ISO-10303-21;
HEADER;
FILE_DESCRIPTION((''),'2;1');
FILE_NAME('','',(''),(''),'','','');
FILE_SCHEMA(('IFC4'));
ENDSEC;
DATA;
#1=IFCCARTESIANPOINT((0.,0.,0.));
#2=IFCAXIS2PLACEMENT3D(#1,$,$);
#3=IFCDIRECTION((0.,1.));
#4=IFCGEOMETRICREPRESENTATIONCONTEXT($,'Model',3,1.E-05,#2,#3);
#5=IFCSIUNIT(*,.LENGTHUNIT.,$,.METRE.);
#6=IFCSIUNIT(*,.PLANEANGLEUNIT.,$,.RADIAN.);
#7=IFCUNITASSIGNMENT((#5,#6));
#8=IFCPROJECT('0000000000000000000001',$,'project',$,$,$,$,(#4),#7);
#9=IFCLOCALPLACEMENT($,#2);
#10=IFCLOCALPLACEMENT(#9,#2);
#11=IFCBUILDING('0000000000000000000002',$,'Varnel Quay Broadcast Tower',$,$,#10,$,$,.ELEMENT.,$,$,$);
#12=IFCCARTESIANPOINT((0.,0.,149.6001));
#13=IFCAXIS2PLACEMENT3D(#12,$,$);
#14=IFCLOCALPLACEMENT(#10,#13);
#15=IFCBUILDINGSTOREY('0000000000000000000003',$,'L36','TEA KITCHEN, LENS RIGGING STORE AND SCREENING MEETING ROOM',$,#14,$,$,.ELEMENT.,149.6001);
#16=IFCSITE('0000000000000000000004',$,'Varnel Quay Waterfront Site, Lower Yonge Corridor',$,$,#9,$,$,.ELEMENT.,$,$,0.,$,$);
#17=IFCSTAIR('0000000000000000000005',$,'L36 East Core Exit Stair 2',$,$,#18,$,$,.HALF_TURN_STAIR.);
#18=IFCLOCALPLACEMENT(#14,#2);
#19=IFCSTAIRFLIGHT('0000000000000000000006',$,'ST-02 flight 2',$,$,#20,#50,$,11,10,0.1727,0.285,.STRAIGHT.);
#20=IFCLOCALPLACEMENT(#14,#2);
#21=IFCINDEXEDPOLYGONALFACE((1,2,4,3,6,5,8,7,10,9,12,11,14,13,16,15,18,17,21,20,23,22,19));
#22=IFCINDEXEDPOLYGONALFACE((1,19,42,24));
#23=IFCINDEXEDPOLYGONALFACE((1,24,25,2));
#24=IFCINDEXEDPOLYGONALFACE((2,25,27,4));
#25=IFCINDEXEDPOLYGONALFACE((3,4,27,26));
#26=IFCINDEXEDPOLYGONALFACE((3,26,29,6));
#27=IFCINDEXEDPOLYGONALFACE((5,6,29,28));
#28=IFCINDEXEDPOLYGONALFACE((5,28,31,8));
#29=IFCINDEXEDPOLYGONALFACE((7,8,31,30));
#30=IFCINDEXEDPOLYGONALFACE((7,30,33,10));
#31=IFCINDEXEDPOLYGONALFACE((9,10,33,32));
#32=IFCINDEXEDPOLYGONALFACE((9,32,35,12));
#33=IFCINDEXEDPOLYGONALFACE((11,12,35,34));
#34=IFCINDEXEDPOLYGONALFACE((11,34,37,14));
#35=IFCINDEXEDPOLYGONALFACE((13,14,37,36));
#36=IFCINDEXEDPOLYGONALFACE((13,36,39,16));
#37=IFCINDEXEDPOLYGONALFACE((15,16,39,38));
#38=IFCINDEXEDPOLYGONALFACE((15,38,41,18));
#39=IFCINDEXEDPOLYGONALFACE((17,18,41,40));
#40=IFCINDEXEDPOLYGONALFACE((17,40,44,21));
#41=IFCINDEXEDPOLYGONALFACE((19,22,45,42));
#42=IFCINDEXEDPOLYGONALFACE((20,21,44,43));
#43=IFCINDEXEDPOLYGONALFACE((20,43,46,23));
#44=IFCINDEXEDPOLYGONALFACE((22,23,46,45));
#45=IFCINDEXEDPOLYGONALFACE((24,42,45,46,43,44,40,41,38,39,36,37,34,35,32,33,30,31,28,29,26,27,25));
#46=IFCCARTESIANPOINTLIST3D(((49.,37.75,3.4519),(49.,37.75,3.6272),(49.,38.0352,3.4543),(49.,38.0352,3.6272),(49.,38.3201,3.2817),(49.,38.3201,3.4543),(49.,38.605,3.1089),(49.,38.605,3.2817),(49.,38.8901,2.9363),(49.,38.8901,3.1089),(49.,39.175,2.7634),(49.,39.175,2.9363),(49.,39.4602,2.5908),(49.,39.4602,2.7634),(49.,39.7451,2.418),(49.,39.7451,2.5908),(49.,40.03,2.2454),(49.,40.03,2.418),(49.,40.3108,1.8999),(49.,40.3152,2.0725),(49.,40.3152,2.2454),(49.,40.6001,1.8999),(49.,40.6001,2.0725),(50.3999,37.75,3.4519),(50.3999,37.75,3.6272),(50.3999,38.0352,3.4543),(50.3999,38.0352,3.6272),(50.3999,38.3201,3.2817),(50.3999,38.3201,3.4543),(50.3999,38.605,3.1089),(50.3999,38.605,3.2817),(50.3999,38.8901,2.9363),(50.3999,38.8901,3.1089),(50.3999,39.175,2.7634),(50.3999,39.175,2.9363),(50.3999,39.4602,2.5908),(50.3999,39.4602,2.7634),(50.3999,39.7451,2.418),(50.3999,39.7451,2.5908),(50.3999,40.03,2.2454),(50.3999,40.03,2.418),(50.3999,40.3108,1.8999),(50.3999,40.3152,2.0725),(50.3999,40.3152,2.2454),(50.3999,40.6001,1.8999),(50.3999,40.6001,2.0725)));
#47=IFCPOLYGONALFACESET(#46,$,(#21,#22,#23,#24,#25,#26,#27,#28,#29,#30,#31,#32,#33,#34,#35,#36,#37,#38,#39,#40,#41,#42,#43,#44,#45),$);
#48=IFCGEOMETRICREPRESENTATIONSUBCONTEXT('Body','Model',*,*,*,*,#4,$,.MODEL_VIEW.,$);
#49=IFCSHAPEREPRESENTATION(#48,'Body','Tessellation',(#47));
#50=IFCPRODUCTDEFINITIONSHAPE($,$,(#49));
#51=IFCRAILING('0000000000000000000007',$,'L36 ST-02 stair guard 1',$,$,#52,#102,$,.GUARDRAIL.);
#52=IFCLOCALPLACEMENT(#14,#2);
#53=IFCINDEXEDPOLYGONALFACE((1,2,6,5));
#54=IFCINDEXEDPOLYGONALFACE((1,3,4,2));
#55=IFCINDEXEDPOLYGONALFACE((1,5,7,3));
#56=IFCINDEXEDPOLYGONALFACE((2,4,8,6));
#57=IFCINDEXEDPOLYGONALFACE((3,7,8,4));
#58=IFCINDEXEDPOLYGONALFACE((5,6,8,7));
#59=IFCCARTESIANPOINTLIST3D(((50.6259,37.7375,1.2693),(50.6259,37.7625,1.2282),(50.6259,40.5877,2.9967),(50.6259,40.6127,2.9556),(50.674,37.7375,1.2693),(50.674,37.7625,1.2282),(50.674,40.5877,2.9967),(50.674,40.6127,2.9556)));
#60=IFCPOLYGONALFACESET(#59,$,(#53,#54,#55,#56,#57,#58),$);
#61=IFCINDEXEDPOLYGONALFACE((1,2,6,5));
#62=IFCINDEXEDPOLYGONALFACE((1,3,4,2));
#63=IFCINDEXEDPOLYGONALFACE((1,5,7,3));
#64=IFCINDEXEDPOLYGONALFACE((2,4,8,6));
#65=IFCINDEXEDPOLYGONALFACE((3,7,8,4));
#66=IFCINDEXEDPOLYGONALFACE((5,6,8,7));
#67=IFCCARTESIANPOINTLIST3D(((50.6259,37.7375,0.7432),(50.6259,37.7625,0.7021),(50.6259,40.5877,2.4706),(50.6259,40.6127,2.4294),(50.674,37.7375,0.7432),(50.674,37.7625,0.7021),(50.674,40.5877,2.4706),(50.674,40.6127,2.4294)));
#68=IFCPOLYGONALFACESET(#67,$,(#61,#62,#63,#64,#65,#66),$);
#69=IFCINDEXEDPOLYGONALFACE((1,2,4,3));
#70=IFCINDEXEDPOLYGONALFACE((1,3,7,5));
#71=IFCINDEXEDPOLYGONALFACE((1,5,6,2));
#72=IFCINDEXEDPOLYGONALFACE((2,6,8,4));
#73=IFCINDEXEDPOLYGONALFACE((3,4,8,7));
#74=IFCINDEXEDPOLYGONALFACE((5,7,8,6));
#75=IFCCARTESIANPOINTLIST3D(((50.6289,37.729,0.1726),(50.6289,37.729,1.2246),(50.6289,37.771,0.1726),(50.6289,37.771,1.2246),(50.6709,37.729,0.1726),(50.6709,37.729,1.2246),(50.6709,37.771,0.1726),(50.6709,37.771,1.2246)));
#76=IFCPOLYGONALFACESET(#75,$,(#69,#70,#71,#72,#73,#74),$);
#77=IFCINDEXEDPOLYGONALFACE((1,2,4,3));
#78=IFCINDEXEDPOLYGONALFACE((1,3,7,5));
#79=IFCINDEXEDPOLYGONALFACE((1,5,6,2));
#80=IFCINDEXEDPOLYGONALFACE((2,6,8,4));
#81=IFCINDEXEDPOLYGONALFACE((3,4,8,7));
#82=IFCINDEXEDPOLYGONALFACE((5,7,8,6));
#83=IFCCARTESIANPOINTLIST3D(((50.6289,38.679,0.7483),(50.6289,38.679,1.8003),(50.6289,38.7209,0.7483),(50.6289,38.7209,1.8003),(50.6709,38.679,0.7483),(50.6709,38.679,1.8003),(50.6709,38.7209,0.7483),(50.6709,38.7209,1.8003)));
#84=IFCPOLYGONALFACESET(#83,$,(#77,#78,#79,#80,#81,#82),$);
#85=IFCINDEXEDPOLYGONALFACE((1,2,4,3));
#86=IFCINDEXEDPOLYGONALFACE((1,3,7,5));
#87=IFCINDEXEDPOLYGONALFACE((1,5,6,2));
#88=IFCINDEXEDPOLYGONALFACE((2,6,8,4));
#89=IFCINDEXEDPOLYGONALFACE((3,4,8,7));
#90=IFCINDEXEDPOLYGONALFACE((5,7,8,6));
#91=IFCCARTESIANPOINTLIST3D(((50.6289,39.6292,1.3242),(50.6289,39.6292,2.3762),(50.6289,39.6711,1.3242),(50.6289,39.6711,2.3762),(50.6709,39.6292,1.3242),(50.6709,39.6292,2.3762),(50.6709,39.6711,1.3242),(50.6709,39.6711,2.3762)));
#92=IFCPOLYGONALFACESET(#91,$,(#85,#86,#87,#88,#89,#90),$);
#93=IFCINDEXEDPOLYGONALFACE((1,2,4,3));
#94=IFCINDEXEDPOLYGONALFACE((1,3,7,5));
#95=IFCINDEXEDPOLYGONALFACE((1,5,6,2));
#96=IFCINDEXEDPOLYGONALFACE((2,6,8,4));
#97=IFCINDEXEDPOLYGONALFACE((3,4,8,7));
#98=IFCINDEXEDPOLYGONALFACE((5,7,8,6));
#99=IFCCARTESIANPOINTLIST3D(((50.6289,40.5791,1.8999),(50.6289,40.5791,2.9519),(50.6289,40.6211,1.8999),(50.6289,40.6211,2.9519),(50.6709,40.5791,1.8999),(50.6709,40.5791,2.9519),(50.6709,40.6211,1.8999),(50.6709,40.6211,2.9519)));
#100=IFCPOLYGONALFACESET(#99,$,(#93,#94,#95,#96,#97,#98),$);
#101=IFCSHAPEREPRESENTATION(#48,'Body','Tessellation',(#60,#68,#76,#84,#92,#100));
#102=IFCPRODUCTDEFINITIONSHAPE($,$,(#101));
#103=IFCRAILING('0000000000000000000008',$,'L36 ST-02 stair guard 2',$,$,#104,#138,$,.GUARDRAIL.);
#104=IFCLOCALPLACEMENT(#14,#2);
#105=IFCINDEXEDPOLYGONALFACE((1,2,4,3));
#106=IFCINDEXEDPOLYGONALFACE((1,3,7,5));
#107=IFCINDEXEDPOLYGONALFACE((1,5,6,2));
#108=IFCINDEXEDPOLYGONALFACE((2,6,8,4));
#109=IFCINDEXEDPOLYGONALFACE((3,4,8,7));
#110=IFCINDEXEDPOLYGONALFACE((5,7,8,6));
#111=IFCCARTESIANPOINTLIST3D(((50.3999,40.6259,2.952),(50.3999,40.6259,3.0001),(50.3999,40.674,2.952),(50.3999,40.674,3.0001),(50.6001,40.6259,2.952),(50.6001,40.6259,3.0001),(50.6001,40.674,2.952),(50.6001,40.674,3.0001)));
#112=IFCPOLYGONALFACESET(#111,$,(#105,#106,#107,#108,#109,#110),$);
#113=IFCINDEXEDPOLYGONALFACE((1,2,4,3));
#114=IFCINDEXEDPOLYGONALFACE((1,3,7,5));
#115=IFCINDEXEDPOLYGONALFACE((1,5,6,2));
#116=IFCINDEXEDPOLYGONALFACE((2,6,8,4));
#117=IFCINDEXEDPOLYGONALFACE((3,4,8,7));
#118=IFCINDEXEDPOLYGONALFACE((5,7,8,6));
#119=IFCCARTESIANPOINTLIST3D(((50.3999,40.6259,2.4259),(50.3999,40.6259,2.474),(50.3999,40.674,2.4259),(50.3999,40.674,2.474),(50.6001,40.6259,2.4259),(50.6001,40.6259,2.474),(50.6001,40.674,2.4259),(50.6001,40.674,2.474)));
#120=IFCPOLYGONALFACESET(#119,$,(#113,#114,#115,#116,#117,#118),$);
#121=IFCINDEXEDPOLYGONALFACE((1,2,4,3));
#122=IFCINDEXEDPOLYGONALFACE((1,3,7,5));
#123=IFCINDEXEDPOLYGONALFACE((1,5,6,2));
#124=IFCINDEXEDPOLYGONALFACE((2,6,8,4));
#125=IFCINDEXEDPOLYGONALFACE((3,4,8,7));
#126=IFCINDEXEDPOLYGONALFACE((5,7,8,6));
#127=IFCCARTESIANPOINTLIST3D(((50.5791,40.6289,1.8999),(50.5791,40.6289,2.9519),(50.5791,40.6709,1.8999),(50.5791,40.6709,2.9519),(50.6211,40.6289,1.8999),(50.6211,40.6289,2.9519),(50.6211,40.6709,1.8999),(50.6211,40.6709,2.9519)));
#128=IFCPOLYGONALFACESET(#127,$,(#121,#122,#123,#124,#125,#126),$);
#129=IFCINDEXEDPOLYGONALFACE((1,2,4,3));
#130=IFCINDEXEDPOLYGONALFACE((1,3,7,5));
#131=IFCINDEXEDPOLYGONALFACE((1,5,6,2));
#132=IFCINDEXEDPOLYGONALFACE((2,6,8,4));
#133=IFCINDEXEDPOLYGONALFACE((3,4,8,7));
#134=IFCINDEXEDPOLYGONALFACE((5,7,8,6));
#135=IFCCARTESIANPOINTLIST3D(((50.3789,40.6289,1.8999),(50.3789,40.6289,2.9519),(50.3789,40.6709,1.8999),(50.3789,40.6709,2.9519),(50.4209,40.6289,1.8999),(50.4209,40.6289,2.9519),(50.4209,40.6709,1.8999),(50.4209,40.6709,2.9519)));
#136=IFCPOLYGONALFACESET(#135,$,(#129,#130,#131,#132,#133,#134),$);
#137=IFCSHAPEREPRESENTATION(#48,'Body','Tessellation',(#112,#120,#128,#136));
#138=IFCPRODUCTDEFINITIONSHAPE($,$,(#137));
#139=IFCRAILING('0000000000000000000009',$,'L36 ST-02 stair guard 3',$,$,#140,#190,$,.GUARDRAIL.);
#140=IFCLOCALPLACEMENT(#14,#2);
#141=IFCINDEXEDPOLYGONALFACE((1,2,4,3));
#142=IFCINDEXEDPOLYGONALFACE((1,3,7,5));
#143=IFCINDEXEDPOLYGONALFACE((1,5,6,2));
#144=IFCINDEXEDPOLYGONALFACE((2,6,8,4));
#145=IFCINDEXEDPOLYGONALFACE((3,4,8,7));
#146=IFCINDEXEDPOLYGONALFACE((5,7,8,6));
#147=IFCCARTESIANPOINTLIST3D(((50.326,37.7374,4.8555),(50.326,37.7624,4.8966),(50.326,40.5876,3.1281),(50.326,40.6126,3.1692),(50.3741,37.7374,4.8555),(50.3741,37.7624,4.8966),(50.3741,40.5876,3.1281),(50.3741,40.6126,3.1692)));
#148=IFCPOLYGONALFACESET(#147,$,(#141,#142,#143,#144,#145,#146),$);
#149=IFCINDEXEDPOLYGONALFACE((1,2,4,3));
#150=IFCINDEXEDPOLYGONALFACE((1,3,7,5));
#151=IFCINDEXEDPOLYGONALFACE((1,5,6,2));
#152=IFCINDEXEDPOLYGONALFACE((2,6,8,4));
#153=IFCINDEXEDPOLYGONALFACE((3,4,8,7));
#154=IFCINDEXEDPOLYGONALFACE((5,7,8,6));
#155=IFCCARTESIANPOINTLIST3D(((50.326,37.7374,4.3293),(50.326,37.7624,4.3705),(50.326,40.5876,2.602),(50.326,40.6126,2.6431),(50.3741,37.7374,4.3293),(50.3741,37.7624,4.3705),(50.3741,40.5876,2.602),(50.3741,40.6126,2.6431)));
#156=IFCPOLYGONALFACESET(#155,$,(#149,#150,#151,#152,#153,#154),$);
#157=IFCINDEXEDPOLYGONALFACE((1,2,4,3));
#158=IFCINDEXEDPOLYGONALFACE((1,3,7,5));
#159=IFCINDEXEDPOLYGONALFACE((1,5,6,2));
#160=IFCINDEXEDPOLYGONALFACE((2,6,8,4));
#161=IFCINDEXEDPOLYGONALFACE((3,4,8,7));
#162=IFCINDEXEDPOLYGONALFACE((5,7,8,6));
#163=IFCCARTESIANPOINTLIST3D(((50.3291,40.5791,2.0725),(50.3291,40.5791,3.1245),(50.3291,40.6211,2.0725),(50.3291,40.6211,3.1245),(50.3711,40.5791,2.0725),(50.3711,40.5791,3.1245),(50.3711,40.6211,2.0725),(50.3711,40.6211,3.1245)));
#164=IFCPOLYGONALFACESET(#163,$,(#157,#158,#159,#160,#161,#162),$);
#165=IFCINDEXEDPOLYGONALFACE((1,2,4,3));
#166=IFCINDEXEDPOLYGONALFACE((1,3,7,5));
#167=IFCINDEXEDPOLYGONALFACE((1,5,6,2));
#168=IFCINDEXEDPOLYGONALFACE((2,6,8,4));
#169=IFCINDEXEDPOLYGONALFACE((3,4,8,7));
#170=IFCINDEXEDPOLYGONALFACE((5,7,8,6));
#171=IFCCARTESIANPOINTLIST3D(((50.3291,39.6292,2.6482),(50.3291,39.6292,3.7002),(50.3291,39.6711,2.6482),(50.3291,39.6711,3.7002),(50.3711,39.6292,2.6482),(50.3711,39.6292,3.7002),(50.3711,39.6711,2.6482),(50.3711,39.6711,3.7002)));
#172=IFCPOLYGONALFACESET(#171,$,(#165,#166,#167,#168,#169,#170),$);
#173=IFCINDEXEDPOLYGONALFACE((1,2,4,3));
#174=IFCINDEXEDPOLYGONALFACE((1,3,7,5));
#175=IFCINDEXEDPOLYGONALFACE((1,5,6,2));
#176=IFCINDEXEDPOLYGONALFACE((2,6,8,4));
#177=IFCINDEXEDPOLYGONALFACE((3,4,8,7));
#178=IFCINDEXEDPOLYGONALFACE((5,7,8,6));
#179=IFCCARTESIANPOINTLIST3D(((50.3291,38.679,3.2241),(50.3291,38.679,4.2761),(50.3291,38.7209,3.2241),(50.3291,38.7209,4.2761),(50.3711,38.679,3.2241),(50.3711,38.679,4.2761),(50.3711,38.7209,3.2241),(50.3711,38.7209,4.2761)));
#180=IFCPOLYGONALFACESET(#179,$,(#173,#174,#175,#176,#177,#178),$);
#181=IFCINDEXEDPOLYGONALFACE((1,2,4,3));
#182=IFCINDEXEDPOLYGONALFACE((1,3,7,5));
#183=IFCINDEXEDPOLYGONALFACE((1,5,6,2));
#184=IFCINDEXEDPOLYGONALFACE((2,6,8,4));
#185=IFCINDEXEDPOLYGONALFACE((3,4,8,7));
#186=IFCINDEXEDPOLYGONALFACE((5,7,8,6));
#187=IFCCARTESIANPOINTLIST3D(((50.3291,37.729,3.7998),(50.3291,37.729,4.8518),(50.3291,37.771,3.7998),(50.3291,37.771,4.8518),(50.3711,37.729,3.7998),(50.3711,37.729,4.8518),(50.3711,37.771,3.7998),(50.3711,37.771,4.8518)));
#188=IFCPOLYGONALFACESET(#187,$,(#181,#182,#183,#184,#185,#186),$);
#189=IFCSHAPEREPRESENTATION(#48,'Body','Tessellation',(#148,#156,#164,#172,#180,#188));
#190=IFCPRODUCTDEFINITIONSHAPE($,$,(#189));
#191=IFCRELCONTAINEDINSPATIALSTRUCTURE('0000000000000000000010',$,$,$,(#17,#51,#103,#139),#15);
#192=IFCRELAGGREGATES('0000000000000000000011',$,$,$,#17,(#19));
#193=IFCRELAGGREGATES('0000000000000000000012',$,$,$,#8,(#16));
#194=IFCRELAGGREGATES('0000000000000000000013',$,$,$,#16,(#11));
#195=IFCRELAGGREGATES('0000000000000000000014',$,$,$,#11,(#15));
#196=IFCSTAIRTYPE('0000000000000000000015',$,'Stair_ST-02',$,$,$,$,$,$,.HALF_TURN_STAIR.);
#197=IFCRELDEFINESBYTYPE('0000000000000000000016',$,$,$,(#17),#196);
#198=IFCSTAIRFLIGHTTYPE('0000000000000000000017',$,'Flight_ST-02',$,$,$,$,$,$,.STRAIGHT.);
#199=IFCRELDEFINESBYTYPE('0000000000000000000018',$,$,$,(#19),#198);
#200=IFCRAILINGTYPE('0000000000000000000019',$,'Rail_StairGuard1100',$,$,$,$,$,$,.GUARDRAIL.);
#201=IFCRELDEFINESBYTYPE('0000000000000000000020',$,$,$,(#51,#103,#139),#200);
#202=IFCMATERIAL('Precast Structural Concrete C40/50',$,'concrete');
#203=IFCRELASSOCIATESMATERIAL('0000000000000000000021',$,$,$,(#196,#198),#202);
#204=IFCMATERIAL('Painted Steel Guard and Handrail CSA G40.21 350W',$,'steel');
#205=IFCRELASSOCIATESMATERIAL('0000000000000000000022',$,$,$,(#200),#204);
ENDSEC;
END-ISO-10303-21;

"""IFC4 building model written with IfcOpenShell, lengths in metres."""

from ifc_helpers import new_model, si_unit, direction, frame, origin, origin_2d, place, context, subcontext, project, spatial, polyline, rectangle, outline, extrude, material, type_object, element, aggregate, save


model = new_model("IFC4")

# Units and contexts
model_context = context("Model", 3, precision=1e-05, world=origin(), true_north=direction((0.0, 1.0)))
body_context = subcontext(model_context, "Body", "Model", "MODEL_VIEW")
ifc_project = project(units=[si_unit("LENGTHUNIT", "METRE"), si_unit("PLANEANGLEUNIT", "RADIAN")], contexts=[model_context])

# Site, building, storey
site_placement = place(None, origin())
site = spatial("IfcSite", under=ifc_project, at=site_placement, Name="Varnel Quay Waterfront Site, Lower Yonge Corridor", CompositionType="ELEMENT", RefElevation=0.0)
building_placement = place(site_placement, origin())
building = spatial("IfcBuilding", under=site, at=building_placement, Name="Varnel Quay Broadcast Tower", CompositionType="ELEMENT")
storey_placement = place(building_placement, frame((0.0, 0.0, 149.6001)))
storey = spatial("IfcBuildingStorey", under=building, at=storey_placement, Name="L36", Description="TEA KITCHEN, LENS RIGGING STORE AND SCREENING MEETING ROOM", CompositionType="ELEMENT", Elevation=149.6001)

# Stair, stair flight
ifc_material_1 = material(Name="Precast Structural Concrete C40/50", Category="concrete")
stair_type = type_object("IfcStairType", Name="Stair_ST-02", PredefinedType="HALF_TURN_STAIR", material=ifc_material_1)
stair_placement = place(storey_placement, origin())
stair = element("IfcStair", 1, at=stair_placement, inside=storey, type_object=stair_type, Name="L36 East Core Exit Stair 2", PredefinedType="HALF_TURN_STAIR")
stair_flight_type = type_object("IfcStairFlightType", Name="Flight_ST-02", PredefinedType="STRAIGHT", material=ifc_material_1)
stair_flight_1_placement = place(storey_placement, frame((49.7, 40.6001, 1.8999), z_axis=(0.0, 0.0, 1.0), x_axis=(0.0, -1.0, 0.0)))
stair_flight_1 = element("IfcStairFlight", 2, at=stair_flight_1_placement, type_object=stair_flight_type, Name="ST-02 flight 2", NumberOfRisers=11, NumberOfTreads=10, PredefinedType="STRAIGHT", RiserHeight=0.1727, TreadLength=0.285, context=body_context, shape_type="SweptSolid", body=[
    extrude(outline(polyline([(0.0, 0.0), (0.0, 0.1726), (0.2849, 0.1726), (0.2849, 0.3455), (0.5701, 0.3455), (0.5701, 0.5181), (0.855, 0.5181), (0.855, 0.6909), (1.1399, 0.6909), (1.1399, 0.8635), (1.425, 0.8635), (1.425, 1.0364), (1.71, 1.0364), (1.71, 1.209), (1.9951, 1.209), (1.9951, 1.3818), (2.28, 1.3818), (2.28, 1.5544), (2.5649, 1.5544), (2.5649, 1.7273), (2.8501, 1.7273), (2.8501, 1.8999), (2.8501, 1.552), (0.2893, 0.0), (0.0, 0.0)])), frame((0.0, 0.7, 0.0), z_axis=(0.0, -1.0, 0.0), x_axis=(1.0, 0.0, 0.0)), (0.0, 0.0, 1.0), 1.3999),
])
aggregate(stair, [stair_flight_1])

# Railings
ifc_material_2 = material(Name="Painted Steel Guard and Handrail CSA G40.21 350W", Category="steel")
railing_type_1 = type_object("IfcRailingType", Name="Rail_StairGuard1100", PredefinedType="GUARDRAIL", material=ifc_material_2)
railing_1_placement = place(storey_placement, frame((50.6499, 37.75, 0.1726)))
element("IfcRailing", 3, at=railing_1_placement, inside=storey, type_object=railing_type_1, Name="L36 ST-02 stair guard 1", PredefinedType="GUARDRAIL", context=body_context, shape_type="SweptSolid", body=[
    extrude(rectangle(XDim=0.0481, YDim=0.0481, at=origin_2d()), frame((0.0, 0.0, 1.0762), z_axis=(0.0, 0.855203, 0.518294), x_axis=(-1.0, 0.0, 0.0)), (0.0, 0.0, 1.0), 3.3328),
    extrude(rectangle(XDim=0.0481, YDim=0.0481, at=origin_2d()), frame((0.0, 0.0, 0.55), z_axis=(0.0, 0.855203, 0.518294), x_axis=(-1.0, 0.0, 0.0)), (0.0, 0.0, 1.0), 3.3328),
    extrude(rectangle(XDim=0.042, YDim=0.042, at=origin_2d()), origin(), (0.0, 0.0, 1.0), 1.052),
    extrude(rectangle(XDim=0.042, YDim=0.042, at=origin_2d()), frame((0.0, 0.95, 0.5757)), (0.0, 0.0, 1.0), 1.052),
    extrude(rectangle(XDim=0.042, YDim=0.042, at=origin_2d()), frame((0.0, 1.9001, 1.1516)), (0.0, 0.0, 1.0), 1.052),
    extrude(rectangle(XDim=0.042, YDim=0.042, at=origin_2d()), frame((0.0, 2.8501, 1.7273)), (0.0, 0.0, 1.0), 1.052),
])
railing_2_placement = place(storey_placement, frame((50.6001, 40.6499, 1.8999)))
element("IfcRailing", 4, at=railing_2_placement, inside=storey, type_object=railing_type_1, Name="L36 ST-02 stair guard 2", PredefinedType="GUARDRAIL", context=body_context, shape_type="SweptSolid", body=[
    extrude(rectangle(XDim=0.0481, YDim=0.0481, at=origin_2d()), frame((0.0, 0.0, 1.0762), z_axis=(-1.0, 0.0, 0.0), x_axis=(0.0, -1.0, 0.0)), (0.0, 0.0, 1.0), 0.2002),
    extrude(rectangle(XDim=0.0481, YDim=0.0481, at=origin_2d()), frame((0.0, 0.0, 0.55), z_axis=(-1.0, 0.0, 0.0), x_axis=(0.0, -1.0, 0.0)), (0.0, 0.0, 1.0), 0.2002),
    extrude(rectangle(XDim=0.042, YDim=0.042, at=origin_2d()), origin(), (0.0, 0.0, 1.0), 1.052),
    extrude(rectangle(XDim=0.042, YDim=0.042, at=origin_2d()), frame((-0.2002, 0.0, 0.0)), (0.0, 0.0, 1.0), 1.052),
])
railing_3_placement = place(storey_placement, frame((50.3501, 40.6001, 2.0725)))
element("IfcRailing", 5, at=railing_3_placement, inside=storey, type_object=railing_type_1, Name="L36 ST-02 stair guard 3", PredefinedType="GUARDRAIL", context=body_context, shape_type="SweptSolid", body=[
    extrude(rectangle(XDim=0.0481, YDim=0.0481, at=origin_2d()), frame((0.0, 0.0, 1.0762), z_axis=(0.0, -0.855203, 0.518294), x_axis=(1.0, 0.0, 0.0)), (0.0, 0.0, 1.0), 3.3328),
    extrude(rectangle(XDim=0.0481, YDim=0.0481, at=origin_2d()), frame((0.0, 0.0, 0.55), z_axis=(0.0, -0.855203, 0.518294), x_axis=(1.0, 0.0, 0.0)), (0.0, 0.0, 1.0), 3.3328),
    extrude(rectangle(XDim=0.042, YDim=0.042, at=origin_2d()), origin(), (0.0, 0.0, 1.0), 1.052),
    extrude(rectangle(XDim=0.042, YDim=0.042, at=origin_2d()), frame((0.0, -0.95, 0.5757)), (0.0, 0.0, 1.0), 1.052),
    extrude(rectangle(XDim=0.042, YDim=0.042, at=origin_2d()), frame((0.0, -1.9001, 1.1516)), (0.0, 0.0, 1.0), 1.052),
    extrude(rectangle(XDim=0.042, YDim=0.042, at=origin_2d()), frame((0.0, -2.8501, 1.7273)), (0.0, 0.0, 1.0), 1.052),
])

save(model, "model.ifc")
